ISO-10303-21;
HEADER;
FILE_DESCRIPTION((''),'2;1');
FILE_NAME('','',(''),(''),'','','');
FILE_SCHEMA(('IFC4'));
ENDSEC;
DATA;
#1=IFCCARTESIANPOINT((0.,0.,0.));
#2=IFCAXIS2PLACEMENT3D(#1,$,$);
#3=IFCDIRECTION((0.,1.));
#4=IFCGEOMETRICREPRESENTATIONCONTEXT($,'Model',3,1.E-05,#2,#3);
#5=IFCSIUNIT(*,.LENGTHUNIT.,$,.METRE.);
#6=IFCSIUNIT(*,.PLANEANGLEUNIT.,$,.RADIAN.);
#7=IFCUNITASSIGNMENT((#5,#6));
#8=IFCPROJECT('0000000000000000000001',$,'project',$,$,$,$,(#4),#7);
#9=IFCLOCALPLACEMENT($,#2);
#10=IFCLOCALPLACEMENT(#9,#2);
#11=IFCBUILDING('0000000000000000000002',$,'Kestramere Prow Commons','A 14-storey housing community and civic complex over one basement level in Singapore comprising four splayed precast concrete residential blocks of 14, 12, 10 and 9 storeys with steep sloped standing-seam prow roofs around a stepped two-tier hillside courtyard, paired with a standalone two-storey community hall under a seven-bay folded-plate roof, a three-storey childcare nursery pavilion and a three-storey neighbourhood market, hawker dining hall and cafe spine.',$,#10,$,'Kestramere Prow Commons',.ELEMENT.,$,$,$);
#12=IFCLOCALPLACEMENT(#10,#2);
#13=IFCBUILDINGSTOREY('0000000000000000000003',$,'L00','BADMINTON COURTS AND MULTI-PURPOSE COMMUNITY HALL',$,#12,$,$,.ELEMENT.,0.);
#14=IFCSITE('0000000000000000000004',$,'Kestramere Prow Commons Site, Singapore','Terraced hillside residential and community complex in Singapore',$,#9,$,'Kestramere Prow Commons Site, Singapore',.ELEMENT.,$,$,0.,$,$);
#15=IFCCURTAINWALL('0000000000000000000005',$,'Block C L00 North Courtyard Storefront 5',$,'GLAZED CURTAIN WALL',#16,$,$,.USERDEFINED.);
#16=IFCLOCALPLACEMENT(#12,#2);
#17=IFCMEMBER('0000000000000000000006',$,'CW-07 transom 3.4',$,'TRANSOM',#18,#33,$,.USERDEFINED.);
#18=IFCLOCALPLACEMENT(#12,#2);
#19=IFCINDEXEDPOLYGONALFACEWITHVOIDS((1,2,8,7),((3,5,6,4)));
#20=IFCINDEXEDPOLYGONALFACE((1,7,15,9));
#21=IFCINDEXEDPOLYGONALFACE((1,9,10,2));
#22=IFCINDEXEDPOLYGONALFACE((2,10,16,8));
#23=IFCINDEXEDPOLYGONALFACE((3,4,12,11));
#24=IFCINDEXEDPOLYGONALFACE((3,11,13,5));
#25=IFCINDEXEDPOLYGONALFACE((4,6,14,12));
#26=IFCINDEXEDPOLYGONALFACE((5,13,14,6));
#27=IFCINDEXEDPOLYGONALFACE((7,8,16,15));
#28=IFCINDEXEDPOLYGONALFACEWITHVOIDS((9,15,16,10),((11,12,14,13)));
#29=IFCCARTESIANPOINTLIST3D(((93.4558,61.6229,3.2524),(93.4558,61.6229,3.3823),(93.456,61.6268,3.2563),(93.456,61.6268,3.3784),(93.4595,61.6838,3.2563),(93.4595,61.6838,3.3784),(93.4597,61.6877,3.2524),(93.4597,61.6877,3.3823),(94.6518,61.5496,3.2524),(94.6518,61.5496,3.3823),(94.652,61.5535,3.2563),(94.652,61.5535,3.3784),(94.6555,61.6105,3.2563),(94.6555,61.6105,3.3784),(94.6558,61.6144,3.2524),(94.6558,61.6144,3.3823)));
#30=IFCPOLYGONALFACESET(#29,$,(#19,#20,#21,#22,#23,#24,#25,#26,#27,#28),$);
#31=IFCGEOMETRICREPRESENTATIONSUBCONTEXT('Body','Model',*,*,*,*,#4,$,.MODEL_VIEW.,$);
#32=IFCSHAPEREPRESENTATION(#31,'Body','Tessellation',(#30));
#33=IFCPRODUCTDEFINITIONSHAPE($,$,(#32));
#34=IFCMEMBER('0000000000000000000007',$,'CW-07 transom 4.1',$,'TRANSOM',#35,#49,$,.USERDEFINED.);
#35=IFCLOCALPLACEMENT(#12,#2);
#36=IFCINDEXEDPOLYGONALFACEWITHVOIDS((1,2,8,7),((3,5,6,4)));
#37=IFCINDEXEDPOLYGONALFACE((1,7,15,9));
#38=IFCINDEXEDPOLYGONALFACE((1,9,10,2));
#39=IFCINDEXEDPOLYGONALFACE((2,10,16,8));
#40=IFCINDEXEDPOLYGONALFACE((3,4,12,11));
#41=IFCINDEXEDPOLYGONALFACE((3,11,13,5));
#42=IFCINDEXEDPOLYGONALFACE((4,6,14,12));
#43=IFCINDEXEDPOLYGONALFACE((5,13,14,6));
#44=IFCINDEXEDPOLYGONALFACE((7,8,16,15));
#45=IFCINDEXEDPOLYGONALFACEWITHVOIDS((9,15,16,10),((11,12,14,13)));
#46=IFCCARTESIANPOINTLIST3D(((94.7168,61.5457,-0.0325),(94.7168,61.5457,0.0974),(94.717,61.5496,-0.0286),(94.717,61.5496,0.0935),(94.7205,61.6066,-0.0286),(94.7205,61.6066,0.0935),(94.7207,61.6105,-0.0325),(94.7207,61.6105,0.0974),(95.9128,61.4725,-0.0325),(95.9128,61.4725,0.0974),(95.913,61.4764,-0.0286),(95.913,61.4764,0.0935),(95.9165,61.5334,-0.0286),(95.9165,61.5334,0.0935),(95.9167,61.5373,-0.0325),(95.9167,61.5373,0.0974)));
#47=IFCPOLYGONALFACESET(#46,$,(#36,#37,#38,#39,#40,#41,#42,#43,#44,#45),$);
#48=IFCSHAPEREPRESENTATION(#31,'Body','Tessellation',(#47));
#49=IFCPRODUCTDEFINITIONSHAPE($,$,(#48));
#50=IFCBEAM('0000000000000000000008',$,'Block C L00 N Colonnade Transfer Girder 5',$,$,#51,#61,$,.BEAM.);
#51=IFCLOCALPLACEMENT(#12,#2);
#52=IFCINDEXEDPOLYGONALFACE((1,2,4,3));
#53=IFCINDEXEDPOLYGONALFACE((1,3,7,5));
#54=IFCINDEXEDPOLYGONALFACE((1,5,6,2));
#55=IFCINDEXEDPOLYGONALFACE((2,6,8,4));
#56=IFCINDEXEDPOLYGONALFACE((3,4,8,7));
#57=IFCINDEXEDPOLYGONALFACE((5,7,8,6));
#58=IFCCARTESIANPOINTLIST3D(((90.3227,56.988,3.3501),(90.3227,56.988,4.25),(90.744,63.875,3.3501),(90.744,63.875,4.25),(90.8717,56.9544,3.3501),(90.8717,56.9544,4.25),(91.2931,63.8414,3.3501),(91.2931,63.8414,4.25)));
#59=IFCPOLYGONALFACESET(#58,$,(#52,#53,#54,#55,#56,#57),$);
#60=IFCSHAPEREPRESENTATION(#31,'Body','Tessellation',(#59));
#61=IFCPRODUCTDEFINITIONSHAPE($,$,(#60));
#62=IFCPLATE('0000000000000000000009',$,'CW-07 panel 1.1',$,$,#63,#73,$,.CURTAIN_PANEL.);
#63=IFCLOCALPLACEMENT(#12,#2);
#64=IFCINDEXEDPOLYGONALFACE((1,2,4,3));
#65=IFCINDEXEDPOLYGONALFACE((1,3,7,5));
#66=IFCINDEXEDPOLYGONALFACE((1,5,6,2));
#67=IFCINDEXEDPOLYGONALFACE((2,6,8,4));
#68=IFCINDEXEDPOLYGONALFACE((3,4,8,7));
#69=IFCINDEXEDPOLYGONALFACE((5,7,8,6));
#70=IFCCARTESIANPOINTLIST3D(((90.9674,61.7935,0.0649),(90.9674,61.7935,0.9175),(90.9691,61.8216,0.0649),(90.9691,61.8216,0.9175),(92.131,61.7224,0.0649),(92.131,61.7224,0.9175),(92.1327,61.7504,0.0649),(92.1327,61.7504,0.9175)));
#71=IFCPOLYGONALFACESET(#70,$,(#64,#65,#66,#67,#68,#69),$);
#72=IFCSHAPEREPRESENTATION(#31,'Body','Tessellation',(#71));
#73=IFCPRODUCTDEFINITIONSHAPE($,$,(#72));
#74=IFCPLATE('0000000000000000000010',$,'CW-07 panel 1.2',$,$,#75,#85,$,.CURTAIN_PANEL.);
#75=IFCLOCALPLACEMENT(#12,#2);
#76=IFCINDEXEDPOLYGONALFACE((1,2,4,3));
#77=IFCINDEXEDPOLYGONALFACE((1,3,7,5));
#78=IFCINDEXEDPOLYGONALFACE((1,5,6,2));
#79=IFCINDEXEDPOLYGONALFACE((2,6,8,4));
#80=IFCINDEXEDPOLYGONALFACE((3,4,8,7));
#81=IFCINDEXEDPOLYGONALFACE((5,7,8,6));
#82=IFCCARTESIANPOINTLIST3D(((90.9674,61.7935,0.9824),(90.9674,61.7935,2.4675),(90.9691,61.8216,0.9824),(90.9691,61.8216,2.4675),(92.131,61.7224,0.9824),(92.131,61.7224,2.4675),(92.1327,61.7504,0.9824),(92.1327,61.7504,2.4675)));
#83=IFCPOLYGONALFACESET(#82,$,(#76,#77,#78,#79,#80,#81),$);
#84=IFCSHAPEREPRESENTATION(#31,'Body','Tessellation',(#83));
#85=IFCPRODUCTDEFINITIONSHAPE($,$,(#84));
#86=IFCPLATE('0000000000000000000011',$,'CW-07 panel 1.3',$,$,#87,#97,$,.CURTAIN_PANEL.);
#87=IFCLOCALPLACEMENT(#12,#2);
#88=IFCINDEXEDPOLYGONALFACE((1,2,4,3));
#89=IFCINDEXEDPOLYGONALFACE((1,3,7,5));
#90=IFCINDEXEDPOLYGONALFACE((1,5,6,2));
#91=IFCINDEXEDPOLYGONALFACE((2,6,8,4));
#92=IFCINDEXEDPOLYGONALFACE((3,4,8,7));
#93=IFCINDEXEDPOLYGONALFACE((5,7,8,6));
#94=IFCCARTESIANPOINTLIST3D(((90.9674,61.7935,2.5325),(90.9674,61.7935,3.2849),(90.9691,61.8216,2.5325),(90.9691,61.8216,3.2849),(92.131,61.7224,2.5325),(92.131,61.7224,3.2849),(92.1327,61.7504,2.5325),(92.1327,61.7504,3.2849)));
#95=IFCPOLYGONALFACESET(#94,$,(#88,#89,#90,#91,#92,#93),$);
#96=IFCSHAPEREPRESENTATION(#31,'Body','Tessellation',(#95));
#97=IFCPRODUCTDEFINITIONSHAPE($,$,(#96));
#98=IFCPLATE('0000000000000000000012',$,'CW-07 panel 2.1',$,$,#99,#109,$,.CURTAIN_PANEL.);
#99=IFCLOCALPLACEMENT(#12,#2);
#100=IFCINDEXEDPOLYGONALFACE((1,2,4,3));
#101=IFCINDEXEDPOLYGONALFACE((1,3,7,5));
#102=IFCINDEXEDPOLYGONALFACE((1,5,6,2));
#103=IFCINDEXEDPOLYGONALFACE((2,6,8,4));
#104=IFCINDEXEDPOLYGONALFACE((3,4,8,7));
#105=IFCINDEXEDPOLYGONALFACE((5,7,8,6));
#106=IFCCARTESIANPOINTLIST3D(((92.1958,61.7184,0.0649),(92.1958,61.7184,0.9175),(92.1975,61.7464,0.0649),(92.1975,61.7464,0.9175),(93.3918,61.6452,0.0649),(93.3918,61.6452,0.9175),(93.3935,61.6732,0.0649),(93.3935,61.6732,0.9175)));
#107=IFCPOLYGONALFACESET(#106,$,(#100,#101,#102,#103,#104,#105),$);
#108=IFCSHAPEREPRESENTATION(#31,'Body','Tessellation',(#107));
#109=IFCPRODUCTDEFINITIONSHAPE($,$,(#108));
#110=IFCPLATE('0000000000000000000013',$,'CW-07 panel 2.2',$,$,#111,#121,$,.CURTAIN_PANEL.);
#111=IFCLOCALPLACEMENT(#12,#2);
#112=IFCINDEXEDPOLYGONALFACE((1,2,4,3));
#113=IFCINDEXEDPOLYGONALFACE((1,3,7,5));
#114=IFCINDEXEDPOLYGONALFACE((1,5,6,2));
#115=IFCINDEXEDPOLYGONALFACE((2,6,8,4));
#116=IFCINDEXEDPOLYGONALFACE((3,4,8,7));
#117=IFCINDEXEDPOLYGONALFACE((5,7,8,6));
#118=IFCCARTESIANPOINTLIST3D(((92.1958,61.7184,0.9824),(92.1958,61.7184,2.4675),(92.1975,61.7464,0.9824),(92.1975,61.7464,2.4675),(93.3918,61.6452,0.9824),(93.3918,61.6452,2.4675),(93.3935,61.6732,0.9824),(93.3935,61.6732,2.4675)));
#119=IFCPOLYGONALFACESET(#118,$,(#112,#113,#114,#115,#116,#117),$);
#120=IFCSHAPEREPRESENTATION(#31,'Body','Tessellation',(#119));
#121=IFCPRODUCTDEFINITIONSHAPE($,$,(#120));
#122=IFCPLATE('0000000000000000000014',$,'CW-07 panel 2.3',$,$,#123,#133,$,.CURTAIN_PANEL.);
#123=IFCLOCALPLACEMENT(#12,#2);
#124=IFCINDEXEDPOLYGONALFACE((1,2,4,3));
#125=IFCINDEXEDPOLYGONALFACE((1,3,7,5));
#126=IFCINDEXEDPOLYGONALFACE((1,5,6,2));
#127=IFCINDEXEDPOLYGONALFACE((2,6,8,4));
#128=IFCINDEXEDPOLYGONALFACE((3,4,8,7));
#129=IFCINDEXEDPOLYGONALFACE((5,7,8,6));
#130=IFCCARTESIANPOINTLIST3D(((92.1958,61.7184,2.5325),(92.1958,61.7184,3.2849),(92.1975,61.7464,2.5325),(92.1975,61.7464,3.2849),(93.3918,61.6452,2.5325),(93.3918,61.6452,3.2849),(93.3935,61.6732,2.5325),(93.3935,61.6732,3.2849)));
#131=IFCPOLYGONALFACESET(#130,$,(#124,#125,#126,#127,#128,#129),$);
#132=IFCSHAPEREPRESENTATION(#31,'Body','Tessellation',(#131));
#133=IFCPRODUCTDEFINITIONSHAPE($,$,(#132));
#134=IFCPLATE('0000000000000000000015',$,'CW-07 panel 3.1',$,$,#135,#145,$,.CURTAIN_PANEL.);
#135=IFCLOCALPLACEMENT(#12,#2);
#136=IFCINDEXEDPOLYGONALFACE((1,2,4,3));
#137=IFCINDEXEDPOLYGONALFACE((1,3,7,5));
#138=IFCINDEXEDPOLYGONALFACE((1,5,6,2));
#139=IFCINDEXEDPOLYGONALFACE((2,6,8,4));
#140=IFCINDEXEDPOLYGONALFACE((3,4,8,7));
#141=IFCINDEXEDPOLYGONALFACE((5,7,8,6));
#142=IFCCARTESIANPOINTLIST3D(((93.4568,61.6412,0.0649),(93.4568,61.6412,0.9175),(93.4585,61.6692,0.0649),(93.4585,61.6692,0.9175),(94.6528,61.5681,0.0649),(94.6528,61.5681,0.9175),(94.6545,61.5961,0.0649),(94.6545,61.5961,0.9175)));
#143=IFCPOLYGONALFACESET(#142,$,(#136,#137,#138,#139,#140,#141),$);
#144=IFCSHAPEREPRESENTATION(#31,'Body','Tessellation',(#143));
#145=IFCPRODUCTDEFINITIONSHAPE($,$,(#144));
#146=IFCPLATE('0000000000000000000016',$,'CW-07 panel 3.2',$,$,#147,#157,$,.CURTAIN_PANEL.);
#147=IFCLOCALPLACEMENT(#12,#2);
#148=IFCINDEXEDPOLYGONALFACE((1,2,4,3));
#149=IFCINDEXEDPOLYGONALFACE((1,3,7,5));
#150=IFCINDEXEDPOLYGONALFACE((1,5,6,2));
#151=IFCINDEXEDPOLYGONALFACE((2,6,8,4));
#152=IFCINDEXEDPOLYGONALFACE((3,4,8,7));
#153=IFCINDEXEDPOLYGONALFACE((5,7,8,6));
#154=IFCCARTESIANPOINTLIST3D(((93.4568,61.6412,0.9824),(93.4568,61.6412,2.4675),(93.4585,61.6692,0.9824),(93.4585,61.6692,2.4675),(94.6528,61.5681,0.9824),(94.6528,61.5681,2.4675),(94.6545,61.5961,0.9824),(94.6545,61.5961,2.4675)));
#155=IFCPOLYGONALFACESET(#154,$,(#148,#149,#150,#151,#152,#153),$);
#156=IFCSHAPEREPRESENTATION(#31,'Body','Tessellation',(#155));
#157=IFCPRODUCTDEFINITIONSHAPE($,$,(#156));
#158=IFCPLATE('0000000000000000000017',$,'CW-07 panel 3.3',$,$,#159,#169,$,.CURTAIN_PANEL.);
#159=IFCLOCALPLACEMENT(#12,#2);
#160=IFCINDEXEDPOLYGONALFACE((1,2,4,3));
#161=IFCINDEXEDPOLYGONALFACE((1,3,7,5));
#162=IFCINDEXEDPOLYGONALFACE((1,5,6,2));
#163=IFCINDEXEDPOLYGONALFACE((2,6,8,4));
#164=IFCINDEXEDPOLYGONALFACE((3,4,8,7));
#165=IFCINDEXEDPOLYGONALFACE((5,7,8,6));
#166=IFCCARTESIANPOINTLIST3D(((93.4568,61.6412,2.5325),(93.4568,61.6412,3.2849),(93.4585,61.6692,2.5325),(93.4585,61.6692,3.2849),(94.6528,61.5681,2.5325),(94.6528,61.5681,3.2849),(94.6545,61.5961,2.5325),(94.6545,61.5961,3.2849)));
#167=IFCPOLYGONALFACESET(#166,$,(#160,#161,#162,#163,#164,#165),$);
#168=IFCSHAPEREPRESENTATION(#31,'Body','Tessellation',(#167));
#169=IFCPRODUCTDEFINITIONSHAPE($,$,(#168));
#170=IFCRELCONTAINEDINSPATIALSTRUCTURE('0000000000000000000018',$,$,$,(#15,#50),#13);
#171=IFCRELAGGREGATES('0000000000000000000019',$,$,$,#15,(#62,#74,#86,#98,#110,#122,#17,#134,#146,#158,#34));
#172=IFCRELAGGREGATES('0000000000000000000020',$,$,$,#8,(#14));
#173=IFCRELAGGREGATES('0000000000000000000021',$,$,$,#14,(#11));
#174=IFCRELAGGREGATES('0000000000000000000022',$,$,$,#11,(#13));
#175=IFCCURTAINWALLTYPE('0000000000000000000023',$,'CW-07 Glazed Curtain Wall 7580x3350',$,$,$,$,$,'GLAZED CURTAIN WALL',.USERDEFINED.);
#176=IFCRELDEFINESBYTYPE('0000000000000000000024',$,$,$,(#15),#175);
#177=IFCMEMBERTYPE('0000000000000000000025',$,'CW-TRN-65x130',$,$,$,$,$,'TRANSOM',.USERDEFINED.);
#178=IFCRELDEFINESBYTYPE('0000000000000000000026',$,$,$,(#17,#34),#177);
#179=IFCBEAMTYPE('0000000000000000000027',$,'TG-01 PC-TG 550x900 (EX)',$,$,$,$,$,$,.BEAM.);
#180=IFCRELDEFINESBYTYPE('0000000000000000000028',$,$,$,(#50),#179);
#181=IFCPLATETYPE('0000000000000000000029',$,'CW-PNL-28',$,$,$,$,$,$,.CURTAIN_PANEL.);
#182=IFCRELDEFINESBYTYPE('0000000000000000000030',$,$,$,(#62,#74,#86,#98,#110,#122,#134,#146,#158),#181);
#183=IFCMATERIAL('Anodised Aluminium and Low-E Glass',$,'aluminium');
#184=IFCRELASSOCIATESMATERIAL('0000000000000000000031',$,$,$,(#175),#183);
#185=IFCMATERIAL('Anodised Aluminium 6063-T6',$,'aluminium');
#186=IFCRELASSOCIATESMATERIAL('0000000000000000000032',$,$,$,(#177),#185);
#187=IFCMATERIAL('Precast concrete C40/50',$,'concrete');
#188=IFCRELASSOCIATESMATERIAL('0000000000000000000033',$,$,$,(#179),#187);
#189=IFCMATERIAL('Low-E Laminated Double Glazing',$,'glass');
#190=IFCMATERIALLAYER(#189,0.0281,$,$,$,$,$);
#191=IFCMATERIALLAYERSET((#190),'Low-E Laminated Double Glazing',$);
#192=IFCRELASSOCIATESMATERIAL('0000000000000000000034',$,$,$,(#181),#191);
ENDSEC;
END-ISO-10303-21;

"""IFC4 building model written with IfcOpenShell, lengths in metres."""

from ifc_helpers import new_model, si_unit, direction, frame, origin, origin_2d, place, context, subcontext, project, spatial, rectangle, hollow_rectangle, extrude, material, layer, layer_set, material_profile, profile_set, type_object, element, aggregate, save


model = new_model("IFC4")

# Units and contexts
model_context = context("Model", 3, precision=1e-05, world=origin(), true_north=direction((0.0, 1.0)))
body_context = subcontext(model_context, "Body", "Model", "MODEL_VIEW")
ifc_project = project(units=[si_unit("LENGTHUNIT", "METRE"), si_unit("PLANEANGLEUNIT", "RADIAN")], contexts=[model_context])

# Site, building, storey
site_placement = place(None, origin())
site = spatial("IfcSite", under=ifc_project, at=site_placement, Name="Kestramere Prow Commons Site, Singapore", Description="Terraced hillside residential and community complex in Singapore", LongName="Kestramere Prow Commons Site, Singapore", CompositionType="ELEMENT", RefElevation=0.0)
building_placement = place(site_placement, origin())
building = spatial("IfcBuilding", under=site, at=building_placement, Name="Kestramere Prow Commons", Description="A 14-storey housing community and civic complex over one basement level in Singapore comprising four splayed precast concrete residential blocks of 14, 12, 10 and 9 storeys with steep sloped standing-seam prow roofs around a stepped two-tier hillside courtyard, paired with a standalone two-storey community hall under a seven-bay folded-plate roof, a three-storey childcare nursery pavilion and a three-storey neighbourhood market, hawker dining hall and cafe spine.", LongName="Kestramere Prow Commons", CompositionType="ELEMENT")
storey_placement = place(building_placement, origin())
storey = spatial("IfcBuildingStorey", under=building, at=storey_placement, Name="L00", Description="BADMINTON COURTS AND MULTI-PURPOSE COMMUNITY HALL", CompositionType="ELEMENT", Elevation=0.0)

# Shared definitions
ifc_material_1 = material(Name="Precast concrete C40/50", Category="concrete")

# Shared definitions
ifc_material_2 = material(Name="Anodised Aluminium and Low-E Glass", Category="aluminium")
curtain_wall_type = type_object("IfcCurtainWallType", Name="CW-07 Glazed Curtain Wall 7580x3350", ElementType="GLAZED CURTAIN WALL", PredefinedType="USERDEFINED", material=ifc_material_2)
ifc_material_3 = material(Name="Anodised Aluminium 6063-T6", Category="aluminium")

# Curtain wall, members
curtain_wall_1_placement = place(storey_placement, origin())
curtain_wall_1 = element("IfcCurtainWall", 1, at=curtain_wall_1_placement, inside=storey, type_object=curtain_wall_type, Name="Block C L00 North Courtyard Storefront 5", ObjectType="GLAZED CURTAIN WALL", PredefinedType="USERDEFINED")
ifc_material_profile_1 = material_profile(ifc_material_3, hollow_rectangle(XDim=0.0649, YDim=0.1299, WallThickness=0.0039, at=origin_2d()), Name="ALU-TRN 65x130")
ifc_profile_set_1 = profile_set([ifc_material_profile_1], Name="Anodised Aluminium 6063-T6")
member_type_1 = type_object("IfcMemberType", Name="CW-TRN-65x130", ElementType="TRANSOM", PredefinedType="USERDEFINED", material=ifc_profile_set_1)
member_1_placement = place(storey_placement, frame((93.4578, 61.6553, 3.3174), z_axis=(0.99813, -0.061122, 0.0), x_axis=(0.061122, 0.99813, 0.0)))
member_1 = element("IfcMember", 2, at=member_1_placement, type_object=member_type_1, Name="CW-07 transom 3.4", ObjectType="TRANSOM", PredefinedType="USERDEFINED", context=body_context, shape_type="SweptSolid", body=[
    extrude(hollow_rectangle(XDim=0.0649, YDim=0.1299, WallThickness=0.0039, at=origin_2d()), origin(), (0.0, 0.0, 1.0), 1.1982),
])
member_2_placement = place(storey_placement, frame((94.7188, 61.5781, 0.0325), z_axis=(0.99813, -0.061122, 0.0), x_axis=(0.061122, 0.99813, 0.0)))
member_2 = element("IfcMember", 3, at=member_2_placement, type_object=member_type_1, Name="CW-07 transom 4.1", ObjectType="TRANSOM", PredefinedType="USERDEFINED", context=body_context, shape_type="SweptSolid", body=[
    extrude(hollow_rectangle(XDim=0.0649, YDim=0.1299, WallThickness=0.0039, at=origin_2d()), origin(), (0.0, 0.0, 1.0), 1.1982),
])

# Beam
ifc_material_profile_2 = material_profile(ifc_material_1, rectangle(XDim=0.55, YDim=0.8999, at=origin_2d()), Name="PC-TG 550x900")
ifc_profile_set_2 = profile_set([ifc_material_profile_2], Name="Precast concrete C40/50")
beam_type_1 = type_object("IfcBeamType", Name="TG-01 PC-TG 550x900 (EX)", PredefinedType="BEAM", material=ifc_profile_set_2)
beam_1_placement = place(storey_placement, frame((90.5972, 56.9712, 3.8), z_axis=(0.061072, 0.998133, 0.0), x_axis=(-0.998133, 0.061072, 0.0)))
element("IfcBeam", 4, at=beam_1_placement, inside=storey, type_object=beam_type_1, Name="Block C L00 N Colonnade Transfer Girder 5", PredefinedType="BEAM", context=body_context, shape_type="SweptSolid", body=[
    extrude(rectangle(XDim=0.55, YDim=0.8999, at=origin_2d()), origin(), (0.0, 0.0, 1.0), 6.8999),
])

# Plates
ifc_material_4 = material(Name="Low-E Laminated Double Glazing", Category="glass")
ifc_layer = layer(ifc_material_4, 0.0281)
ifc_layer_set = layer_set([ifc_layer], Name="Low-E Laminated Double Glazing")
plate_type = type_object("IfcPlateType", Name="CW-PNL-28", PredefinedType="CURTAIN_PANEL", material=ifc_layer_set)
plate_1_placement = place(storey_placement, frame((91.55, 61.772, 0.0649), z_axis=(0.0, 0.0, 1.0), x_axis=(0.998135, -0.061048, 0.0)))
plate_1 = element("IfcPlate", 5, at=plate_1_placement, type_object=plate_type, Name="CW-07 panel 1.1", PredefinedType="CURTAIN_PANEL", context=body_context, shape_type="SweptSolid", body=[
    extrude(rectangle(XDim=1.1658, YDim=0.0281, at=origin_2d()), origin(), (0.0, 0.0, 1.0), 0.8525),
])
plate_2_placement = place(storey_placement, frame((91.55, 61.772, 0.9824), z_axis=(0.0, 0.0, 1.0), x_axis=(0.998135, -0.061048, 0.0)))
plate_2 = element("IfcPlate", 6, at=plate_2_placement, type_object=plate_type, Name="CW-07 panel 1.2", PredefinedType="CURTAIN_PANEL", context=body_context, shape_type="SweptSolid", body=[
    extrude(rectangle(XDim=1.1658, YDim=0.0281, at=origin_2d()), origin(), (0.0, 0.0, 1.0), 1.4851),
])
plate_3_placement = place(storey_placement, frame((91.55, 61.772, 2.5325), z_axis=(0.0, 0.0, 1.0), x_axis=(0.998135, -0.061048, 0.0)))
plate_3 = element("IfcPlate", 7, at=plate_3_placement, type_object=plate_type, Name="CW-07 panel 1.3", PredefinedType="CURTAIN_PANEL", context=body_context, shape_type="SweptSolid", body=[
    extrude(rectangle(XDim=1.1658, YDim=0.0281, at=origin_2d()), origin(), (0.0, 0.0, 1.0), 0.7524),
])
plate_4_placement = place(storey_placement, frame((92.7947, 61.6958, 0.0649), z_axis=(0.0, 0.0, 1.0), x_axis=(0.998135, -0.061048, 0.0)))
plate_4 = element("IfcPlate", 8, at=plate_4_placement, type_object=plate_type, Name="CW-07 panel 2.1", PredefinedType="CURTAIN_PANEL", context=body_context, shape_type="SweptSolid", body=[
    extrude(rectangle(XDim=1.1982, YDim=0.0281, at=origin_2d()), origin(), (0.0, 0.0, 1.0), 0.8525),
])
plate_5_placement = place(storey_placement, frame((92.7947, 61.6958, 0.9824), z_axis=(0.0, 0.0, 1.0), x_axis=(0.998135, -0.061048, 0.0)))
plate_5 = element("IfcPlate", 9, at=plate_5_placement, type_object=plate_type, Name="CW-07 panel 2.2", PredefinedType="CURTAIN_PANEL", context=body_context, shape_type="SweptSolid", body=[
    extrude(rectangle(XDim=1.1982, YDim=0.0281, at=origin_2d()), origin(), (0.0, 0.0, 1.0), 1.4851),
])
plate_6_placement = place(storey_placement, frame((92.7947, 61.6958, 2.5325), z_axis=(0.0, 0.0, 1.0), x_axis=(0.998135, -0.061048, 0.0)))
plate_6 = element("IfcPlate", 10, at=plate_6_placement, type_object=plate_type, Name="CW-07 panel 2.3", PredefinedType="CURTAIN_PANEL", context=body_context, shape_type="SweptSolid", body=[
    extrude(rectangle(XDim=1.1982, YDim=0.0281, at=origin_2d()), origin(), (0.0, 0.0, 1.0), 0.7524),
])
plate_7_placement = place(storey_placement, frame((94.0557, 61.6187, 0.0649), z_axis=(0.0, 0.0, 1.0), x_axis=(0.998135, -0.061048, 0.0)))
plate_7 = element("IfcPlate", 11, at=plate_7_placement, type_object=plate_type, Name="CW-07 panel 3.1", PredefinedType="CURTAIN_PANEL", context=body_context, shape_type="SweptSolid", body=[
    extrude(rectangle(XDim=1.1982, YDim=0.0281, at=origin_2d()), origin(), (0.0, 0.0, 1.0), 0.8525),
])
plate_8_placement = place(storey_placement, frame((94.0557, 61.6187, 0.9824), z_axis=(0.0, 0.0, 1.0), x_axis=(0.998135, -0.061048, 0.0)))
plate_8 = element("IfcPlate", 12, at=plate_8_placement, type_object=plate_type, Name="CW-07 panel 3.2", PredefinedType="CURTAIN_PANEL", context=body_context, shape_type="SweptSolid", body=[
    extrude(rectangle(XDim=1.1982, YDim=0.0281, at=origin_2d()), origin(), (0.0, 0.0, 1.0), 1.4851),
])
plate_9_placement = place(storey_placement, frame((94.0557, 61.6187, 2.5325), z_axis=(0.0, 0.0, 1.0), x_axis=(0.998135, -0.061048, 0.0)))
plate_9 = element("IfcPlate", 13, at=plate_9_placement, type_object=plate_type, Name="CW-07 panel 3.3", PredefinedType="CURTAIN_PANEL", context=body_context, shape_type="SweptSolid", body=[
    extrude(rectangle(XDim=1.1982, YDim=0.0281, at=origin_2d()), origin(), (0.0, 0.0, 1.0), 0.7524),
])
aggregate(curtain_wall_1, [plate_1, plate_2, plate_3, plate_4, plate_5, plate_6, member_1, plate_7, plate_8, plate_9, member_2])

save(model, "model.ifc")
